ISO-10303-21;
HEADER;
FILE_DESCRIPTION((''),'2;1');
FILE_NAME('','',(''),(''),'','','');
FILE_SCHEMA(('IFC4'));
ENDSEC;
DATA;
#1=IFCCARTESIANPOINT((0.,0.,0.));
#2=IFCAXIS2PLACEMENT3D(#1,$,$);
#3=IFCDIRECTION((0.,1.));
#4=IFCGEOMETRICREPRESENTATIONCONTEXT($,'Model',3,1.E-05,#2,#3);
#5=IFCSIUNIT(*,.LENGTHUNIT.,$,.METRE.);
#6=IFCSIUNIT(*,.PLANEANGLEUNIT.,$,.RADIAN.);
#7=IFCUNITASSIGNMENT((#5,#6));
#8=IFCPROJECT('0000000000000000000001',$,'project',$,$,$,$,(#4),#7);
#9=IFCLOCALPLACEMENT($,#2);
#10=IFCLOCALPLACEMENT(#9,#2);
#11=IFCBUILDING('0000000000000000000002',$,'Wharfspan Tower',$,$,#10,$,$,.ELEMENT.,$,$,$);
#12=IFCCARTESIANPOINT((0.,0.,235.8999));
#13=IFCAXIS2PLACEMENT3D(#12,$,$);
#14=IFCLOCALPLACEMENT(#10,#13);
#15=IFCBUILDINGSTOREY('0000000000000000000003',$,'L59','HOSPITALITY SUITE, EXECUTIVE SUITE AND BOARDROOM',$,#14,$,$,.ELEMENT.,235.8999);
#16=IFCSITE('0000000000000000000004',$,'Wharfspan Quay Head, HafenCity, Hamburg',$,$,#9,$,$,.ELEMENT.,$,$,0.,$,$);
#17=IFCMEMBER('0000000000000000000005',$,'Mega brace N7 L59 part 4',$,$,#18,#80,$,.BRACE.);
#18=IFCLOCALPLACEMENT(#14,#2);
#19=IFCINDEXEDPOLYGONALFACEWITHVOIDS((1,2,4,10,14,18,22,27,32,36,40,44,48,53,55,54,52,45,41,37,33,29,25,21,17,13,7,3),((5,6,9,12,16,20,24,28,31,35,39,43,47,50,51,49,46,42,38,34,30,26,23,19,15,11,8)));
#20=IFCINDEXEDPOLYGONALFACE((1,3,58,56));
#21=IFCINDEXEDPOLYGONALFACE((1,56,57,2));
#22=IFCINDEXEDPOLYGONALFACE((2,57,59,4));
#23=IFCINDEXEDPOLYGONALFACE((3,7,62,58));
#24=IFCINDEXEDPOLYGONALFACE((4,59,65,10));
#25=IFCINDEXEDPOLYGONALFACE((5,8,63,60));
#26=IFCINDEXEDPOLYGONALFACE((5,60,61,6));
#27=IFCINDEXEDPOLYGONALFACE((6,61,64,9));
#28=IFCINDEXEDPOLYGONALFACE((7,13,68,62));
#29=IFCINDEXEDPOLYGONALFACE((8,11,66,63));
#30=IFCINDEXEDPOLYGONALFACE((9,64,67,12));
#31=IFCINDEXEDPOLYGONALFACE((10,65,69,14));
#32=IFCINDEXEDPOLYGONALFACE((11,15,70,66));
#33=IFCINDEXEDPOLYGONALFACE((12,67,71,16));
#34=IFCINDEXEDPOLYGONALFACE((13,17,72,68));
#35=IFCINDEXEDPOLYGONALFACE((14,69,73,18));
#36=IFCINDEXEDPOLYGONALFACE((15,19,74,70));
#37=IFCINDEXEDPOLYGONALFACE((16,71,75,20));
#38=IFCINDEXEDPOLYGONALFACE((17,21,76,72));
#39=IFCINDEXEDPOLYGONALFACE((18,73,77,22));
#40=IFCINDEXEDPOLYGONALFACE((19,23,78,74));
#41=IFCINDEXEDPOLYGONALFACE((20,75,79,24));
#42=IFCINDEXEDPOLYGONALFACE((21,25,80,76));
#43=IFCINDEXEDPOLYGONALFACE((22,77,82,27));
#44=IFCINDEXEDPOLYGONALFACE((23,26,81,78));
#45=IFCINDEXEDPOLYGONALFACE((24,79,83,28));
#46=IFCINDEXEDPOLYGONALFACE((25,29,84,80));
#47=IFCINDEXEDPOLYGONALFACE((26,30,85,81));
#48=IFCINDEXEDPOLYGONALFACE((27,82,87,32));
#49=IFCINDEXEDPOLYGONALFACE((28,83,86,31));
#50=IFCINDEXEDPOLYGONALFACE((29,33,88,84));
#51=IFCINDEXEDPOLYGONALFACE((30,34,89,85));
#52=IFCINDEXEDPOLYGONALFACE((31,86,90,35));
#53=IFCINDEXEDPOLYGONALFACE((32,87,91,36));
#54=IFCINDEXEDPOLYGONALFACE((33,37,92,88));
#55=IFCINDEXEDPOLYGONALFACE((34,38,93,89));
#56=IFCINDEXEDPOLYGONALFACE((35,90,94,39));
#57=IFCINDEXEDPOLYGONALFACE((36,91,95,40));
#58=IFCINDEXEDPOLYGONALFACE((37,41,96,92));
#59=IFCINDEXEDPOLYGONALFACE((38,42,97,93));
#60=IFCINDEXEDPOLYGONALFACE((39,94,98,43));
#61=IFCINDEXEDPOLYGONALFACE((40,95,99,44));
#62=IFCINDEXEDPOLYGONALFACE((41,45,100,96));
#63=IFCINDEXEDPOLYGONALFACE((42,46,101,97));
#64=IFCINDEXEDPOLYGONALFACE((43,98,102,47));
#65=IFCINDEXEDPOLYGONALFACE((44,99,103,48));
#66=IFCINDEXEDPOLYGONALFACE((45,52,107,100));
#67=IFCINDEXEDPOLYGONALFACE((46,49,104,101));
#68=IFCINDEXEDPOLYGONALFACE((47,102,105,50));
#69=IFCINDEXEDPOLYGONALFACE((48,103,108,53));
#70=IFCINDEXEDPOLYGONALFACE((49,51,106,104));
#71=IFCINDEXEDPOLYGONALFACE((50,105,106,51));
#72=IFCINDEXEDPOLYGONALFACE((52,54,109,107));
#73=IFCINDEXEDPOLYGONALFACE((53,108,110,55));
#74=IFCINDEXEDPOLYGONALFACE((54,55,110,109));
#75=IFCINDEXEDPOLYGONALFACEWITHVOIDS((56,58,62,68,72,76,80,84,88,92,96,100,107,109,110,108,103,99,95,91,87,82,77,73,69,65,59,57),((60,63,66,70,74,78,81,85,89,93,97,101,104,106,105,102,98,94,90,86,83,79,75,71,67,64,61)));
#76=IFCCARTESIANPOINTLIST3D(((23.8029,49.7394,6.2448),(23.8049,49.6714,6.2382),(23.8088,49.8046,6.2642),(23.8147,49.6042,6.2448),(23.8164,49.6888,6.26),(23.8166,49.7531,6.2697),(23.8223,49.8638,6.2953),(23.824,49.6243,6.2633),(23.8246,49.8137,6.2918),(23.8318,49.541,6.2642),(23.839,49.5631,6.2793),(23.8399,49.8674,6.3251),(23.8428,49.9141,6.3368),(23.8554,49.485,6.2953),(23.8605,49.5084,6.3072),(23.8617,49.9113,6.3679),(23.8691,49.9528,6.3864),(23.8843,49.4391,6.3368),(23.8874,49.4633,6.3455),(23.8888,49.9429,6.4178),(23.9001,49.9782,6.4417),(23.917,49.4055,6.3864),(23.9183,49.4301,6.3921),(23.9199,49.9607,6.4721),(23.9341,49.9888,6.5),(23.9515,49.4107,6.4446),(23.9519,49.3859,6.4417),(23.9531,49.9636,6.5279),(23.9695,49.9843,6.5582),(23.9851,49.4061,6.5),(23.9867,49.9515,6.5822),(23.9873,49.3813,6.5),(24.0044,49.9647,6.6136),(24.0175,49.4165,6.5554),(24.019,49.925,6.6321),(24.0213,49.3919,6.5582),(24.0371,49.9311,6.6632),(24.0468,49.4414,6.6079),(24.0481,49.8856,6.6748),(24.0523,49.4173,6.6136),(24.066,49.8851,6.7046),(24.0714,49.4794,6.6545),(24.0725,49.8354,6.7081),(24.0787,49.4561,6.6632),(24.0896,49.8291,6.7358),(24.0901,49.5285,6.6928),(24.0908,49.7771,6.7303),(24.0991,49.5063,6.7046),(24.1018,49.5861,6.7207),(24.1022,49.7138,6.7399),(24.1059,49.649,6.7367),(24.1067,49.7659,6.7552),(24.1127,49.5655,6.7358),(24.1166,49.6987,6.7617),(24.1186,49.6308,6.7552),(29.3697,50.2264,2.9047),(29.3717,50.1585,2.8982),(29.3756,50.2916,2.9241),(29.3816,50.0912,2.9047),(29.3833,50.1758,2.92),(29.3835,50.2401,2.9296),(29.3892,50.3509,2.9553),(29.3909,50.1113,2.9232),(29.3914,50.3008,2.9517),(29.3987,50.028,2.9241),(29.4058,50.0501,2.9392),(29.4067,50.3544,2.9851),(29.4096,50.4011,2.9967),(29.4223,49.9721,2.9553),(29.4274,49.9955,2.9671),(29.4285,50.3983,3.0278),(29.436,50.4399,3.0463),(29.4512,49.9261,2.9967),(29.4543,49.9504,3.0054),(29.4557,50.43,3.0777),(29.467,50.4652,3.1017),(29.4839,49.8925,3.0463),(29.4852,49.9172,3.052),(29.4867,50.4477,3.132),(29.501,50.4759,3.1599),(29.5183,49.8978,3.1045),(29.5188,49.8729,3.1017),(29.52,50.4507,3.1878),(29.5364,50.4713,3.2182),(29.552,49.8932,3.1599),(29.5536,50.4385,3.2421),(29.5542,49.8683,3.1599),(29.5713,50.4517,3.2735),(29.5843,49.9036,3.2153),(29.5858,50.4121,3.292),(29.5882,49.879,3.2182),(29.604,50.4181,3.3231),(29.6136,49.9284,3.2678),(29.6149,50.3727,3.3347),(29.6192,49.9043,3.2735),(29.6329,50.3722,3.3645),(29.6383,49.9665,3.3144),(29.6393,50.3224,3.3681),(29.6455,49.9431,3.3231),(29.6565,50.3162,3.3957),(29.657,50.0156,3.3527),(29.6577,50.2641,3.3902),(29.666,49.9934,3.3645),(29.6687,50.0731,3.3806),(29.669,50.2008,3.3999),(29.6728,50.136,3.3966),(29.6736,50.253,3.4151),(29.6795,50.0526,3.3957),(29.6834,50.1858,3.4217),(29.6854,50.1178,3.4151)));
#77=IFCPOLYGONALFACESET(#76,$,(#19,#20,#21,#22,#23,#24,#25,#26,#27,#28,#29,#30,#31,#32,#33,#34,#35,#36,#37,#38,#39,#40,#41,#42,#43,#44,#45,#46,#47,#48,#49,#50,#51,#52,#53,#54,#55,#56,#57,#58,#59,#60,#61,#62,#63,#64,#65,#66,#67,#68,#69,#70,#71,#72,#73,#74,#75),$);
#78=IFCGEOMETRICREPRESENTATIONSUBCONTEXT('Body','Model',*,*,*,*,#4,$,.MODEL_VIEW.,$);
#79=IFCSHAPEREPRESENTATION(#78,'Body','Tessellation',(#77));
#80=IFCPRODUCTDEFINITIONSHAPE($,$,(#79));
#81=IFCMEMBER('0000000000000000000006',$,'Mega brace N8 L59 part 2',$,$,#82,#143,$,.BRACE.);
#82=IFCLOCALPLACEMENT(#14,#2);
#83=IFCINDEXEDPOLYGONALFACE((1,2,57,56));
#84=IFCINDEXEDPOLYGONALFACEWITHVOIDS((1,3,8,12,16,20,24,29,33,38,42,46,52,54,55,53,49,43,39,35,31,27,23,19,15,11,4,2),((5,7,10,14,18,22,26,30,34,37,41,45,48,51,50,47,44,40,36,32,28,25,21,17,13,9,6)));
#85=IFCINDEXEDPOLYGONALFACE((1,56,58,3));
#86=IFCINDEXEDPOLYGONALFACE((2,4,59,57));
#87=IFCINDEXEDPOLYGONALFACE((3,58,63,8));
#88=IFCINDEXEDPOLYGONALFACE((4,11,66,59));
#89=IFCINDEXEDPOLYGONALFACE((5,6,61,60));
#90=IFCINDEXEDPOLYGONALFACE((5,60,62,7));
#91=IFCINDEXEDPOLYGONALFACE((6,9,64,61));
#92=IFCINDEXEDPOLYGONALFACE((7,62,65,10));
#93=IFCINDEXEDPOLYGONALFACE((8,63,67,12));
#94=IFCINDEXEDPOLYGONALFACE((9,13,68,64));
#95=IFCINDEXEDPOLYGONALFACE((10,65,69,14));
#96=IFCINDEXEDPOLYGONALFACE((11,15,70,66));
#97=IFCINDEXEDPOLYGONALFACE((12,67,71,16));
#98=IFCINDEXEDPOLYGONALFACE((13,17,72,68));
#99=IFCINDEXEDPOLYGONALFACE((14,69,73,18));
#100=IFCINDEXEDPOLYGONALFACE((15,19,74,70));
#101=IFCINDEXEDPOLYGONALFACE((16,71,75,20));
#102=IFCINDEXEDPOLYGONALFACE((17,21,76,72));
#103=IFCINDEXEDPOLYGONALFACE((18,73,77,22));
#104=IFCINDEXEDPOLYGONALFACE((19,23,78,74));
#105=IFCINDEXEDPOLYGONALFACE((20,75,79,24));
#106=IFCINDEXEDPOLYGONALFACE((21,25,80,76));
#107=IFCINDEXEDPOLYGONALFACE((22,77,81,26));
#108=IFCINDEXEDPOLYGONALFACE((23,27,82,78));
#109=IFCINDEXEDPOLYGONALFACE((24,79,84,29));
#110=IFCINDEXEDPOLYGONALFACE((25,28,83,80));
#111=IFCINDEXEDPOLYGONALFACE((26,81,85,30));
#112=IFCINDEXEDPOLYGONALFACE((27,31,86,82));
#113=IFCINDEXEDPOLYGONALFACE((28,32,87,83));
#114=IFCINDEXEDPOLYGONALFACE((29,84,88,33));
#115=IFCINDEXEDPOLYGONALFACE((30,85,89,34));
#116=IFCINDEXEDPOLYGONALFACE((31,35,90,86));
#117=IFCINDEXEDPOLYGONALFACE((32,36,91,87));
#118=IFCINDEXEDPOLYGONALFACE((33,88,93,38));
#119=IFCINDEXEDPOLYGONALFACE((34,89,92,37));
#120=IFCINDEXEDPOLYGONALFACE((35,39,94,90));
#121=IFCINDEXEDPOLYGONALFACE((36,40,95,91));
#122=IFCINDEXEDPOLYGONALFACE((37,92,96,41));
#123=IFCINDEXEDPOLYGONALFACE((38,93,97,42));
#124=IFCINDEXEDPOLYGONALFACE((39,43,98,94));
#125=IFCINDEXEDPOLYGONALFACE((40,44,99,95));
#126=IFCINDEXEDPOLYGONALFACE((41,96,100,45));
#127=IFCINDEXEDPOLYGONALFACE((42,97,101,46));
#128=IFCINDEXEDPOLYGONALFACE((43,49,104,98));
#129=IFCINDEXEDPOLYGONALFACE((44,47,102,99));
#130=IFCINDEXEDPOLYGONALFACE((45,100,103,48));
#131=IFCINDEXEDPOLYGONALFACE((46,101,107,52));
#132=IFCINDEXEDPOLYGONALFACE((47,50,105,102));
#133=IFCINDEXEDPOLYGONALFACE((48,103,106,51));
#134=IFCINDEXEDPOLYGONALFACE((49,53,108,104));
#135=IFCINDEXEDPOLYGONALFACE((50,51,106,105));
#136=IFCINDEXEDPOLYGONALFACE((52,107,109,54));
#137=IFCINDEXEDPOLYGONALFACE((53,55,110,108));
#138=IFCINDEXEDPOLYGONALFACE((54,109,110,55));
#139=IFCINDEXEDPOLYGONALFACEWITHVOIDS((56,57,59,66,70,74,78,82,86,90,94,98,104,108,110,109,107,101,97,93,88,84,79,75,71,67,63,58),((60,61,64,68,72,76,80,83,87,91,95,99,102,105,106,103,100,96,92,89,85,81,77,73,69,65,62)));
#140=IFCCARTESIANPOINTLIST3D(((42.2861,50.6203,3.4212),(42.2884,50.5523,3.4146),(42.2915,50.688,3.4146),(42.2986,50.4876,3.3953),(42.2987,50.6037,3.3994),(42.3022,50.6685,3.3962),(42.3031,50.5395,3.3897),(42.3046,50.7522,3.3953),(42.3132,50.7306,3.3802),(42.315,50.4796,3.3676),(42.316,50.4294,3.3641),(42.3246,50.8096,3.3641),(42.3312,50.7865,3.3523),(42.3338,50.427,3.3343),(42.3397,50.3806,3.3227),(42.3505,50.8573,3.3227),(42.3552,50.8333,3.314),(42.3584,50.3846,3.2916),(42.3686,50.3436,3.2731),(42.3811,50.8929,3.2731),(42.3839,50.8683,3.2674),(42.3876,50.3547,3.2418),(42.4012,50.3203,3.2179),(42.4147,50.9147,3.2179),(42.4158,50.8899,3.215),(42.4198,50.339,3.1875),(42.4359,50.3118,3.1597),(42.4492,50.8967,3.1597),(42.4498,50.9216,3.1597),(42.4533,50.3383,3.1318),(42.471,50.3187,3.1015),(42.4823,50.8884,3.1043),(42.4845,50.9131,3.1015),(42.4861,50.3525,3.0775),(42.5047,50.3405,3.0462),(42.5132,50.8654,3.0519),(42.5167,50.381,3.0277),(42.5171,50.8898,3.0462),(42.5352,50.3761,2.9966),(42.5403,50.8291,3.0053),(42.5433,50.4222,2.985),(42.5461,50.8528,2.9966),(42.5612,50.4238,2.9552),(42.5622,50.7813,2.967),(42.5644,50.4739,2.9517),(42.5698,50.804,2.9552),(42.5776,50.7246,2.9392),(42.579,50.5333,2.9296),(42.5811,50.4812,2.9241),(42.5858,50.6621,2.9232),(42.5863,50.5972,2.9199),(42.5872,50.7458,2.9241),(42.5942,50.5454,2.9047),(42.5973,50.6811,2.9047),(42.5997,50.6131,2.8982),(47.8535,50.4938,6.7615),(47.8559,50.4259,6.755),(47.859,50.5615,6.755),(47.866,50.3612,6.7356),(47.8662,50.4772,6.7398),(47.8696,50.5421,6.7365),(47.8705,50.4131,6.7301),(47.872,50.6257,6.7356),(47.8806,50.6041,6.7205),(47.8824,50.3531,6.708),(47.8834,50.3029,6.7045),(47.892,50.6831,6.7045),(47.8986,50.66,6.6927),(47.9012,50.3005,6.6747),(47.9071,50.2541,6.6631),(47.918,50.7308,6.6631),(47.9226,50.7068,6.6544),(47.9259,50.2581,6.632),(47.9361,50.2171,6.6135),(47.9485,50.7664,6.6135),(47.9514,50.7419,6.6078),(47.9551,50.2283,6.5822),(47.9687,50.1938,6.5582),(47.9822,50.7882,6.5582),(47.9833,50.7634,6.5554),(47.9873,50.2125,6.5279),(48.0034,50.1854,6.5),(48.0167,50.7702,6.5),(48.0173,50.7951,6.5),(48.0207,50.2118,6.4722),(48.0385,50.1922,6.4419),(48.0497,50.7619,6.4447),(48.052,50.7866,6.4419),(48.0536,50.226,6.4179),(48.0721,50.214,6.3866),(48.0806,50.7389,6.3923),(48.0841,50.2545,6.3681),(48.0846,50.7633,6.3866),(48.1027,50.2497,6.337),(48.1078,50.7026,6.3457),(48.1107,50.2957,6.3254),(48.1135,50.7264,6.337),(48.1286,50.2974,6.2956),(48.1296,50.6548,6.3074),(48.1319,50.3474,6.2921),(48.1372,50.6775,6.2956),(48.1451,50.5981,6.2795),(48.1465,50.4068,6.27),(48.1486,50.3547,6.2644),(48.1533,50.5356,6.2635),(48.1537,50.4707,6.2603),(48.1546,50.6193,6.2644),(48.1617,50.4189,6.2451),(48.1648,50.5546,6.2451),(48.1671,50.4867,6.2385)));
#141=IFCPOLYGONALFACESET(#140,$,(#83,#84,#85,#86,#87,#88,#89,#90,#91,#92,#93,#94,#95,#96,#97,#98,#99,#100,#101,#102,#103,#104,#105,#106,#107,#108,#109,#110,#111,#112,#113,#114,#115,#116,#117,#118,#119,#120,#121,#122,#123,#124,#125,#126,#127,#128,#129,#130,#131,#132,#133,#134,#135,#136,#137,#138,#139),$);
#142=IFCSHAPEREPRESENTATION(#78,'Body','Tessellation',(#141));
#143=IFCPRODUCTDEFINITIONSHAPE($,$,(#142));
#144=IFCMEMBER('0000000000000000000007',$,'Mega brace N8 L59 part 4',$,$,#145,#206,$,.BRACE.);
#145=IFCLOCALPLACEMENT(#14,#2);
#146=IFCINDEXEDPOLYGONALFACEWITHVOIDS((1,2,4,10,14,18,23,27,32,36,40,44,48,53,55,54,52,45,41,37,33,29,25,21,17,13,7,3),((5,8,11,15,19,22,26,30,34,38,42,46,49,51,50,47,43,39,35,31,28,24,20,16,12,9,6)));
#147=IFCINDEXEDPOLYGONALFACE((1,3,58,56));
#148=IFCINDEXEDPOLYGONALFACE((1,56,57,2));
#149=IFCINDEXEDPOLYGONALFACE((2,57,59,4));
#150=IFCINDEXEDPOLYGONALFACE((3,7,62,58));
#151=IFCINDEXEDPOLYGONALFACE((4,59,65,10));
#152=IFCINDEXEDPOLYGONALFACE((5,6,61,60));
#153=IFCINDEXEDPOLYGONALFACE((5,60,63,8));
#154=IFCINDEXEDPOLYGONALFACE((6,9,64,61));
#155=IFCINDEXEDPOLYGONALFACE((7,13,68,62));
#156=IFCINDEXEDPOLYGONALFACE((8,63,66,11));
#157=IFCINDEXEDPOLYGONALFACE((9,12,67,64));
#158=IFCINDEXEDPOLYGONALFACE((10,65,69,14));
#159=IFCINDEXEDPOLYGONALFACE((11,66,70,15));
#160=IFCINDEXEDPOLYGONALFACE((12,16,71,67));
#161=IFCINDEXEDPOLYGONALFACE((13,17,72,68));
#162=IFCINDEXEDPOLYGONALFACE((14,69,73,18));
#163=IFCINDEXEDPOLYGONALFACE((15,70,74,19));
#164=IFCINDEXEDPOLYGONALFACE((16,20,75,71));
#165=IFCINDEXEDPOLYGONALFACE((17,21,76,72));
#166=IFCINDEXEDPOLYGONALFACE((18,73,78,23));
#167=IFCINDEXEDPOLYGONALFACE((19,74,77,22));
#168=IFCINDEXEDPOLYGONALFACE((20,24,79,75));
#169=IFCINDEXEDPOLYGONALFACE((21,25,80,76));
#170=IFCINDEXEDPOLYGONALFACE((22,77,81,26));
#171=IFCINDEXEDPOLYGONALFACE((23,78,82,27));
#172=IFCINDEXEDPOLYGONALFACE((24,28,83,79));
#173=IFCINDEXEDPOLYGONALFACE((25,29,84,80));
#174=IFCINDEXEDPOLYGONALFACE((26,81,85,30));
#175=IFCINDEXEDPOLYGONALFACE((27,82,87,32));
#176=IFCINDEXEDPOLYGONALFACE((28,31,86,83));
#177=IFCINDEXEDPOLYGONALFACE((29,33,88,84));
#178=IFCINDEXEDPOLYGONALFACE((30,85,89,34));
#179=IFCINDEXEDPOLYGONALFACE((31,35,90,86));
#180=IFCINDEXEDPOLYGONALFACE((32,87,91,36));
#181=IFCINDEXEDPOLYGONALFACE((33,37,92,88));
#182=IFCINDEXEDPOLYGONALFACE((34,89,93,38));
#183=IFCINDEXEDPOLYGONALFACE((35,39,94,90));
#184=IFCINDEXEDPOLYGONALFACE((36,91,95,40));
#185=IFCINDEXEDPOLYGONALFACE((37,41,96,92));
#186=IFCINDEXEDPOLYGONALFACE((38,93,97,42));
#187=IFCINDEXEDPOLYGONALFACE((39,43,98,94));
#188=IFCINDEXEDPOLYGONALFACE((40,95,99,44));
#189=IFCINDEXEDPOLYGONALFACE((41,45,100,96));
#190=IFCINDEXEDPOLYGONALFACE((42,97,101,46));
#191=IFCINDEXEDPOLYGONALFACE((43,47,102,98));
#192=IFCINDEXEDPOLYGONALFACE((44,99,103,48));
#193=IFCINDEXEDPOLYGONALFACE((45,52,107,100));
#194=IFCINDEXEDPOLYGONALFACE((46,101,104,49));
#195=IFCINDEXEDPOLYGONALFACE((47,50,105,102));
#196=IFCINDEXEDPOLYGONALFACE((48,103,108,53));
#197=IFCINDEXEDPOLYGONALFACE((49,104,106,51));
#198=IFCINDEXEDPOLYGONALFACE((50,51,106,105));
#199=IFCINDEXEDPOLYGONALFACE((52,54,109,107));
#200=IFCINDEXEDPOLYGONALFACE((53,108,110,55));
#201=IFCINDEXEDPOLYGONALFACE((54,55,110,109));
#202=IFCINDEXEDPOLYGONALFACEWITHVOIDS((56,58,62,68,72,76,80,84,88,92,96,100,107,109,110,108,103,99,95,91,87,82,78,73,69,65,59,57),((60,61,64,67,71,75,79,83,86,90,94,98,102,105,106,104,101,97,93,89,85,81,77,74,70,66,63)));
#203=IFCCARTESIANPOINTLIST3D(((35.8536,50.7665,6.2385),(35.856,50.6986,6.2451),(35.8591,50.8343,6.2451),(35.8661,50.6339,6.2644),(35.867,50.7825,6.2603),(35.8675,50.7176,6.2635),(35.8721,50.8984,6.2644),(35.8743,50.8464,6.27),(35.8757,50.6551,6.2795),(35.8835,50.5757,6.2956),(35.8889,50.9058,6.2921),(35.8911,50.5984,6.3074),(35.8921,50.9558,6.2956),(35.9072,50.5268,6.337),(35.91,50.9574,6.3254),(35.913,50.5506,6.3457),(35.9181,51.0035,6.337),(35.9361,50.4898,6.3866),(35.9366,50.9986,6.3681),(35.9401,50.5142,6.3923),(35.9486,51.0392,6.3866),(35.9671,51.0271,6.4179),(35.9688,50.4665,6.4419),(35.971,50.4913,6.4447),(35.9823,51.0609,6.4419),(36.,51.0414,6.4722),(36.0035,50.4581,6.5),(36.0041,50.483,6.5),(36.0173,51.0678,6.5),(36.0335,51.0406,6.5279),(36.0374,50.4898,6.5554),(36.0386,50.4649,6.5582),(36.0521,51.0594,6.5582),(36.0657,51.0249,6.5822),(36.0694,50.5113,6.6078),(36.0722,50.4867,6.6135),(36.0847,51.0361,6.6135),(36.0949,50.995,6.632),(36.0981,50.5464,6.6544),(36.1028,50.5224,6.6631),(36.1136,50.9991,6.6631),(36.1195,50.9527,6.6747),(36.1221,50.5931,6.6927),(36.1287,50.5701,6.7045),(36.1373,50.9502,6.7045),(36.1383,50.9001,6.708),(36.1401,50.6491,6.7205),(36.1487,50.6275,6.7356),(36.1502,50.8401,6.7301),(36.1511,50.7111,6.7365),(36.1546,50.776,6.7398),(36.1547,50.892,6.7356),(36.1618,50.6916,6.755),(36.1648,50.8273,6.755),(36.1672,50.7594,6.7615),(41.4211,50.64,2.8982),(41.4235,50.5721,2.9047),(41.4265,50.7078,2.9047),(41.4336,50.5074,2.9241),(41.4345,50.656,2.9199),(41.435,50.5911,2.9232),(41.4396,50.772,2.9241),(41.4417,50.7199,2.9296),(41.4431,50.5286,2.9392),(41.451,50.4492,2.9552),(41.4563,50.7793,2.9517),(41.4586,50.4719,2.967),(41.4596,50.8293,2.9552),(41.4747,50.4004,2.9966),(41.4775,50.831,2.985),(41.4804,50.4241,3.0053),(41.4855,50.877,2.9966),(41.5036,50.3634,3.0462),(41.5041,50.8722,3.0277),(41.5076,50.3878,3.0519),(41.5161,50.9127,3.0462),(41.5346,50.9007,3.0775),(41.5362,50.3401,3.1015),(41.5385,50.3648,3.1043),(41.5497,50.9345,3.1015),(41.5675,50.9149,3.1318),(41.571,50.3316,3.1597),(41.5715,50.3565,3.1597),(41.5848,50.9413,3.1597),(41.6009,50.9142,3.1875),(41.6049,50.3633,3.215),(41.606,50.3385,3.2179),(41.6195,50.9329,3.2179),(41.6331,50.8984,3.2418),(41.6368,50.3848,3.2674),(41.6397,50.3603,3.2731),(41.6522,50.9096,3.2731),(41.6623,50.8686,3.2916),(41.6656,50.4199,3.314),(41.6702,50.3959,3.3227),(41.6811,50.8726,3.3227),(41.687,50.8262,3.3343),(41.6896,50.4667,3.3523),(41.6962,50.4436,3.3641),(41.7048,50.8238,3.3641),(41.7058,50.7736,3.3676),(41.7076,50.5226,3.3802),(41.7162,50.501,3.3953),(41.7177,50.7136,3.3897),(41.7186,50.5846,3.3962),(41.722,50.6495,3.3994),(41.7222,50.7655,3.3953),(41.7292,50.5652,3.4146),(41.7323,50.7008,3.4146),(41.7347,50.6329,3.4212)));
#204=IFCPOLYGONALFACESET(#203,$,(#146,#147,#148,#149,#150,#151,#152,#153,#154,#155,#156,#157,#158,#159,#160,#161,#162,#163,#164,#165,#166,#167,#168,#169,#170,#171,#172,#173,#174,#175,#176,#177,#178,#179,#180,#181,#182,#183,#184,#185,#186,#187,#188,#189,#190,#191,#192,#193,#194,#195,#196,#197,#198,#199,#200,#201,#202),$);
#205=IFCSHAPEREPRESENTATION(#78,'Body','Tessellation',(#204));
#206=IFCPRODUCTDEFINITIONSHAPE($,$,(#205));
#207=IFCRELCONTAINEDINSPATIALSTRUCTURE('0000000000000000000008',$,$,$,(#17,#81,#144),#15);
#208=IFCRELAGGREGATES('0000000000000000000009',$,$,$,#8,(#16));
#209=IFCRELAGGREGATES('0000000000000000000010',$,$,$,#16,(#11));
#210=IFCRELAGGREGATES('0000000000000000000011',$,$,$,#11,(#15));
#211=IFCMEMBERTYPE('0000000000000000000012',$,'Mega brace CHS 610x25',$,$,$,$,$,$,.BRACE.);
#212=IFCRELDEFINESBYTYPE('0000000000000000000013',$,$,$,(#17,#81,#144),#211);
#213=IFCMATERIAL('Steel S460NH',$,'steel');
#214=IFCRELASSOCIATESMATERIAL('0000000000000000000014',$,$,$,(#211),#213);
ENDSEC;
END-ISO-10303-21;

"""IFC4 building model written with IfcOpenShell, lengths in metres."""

from ifc_helpers import new_model, si_unit, direction, frame, origin, origin_2d, place, context, subcontext, project, spatial, hollow_circle, extrude, material, material_profile, profile_set, type_object, element, save


model = new_model("IFC4")

# Units and contexts
model_context = context("Model", 3, precision=1e-05, world=origin(), true_north=direction((0.0, 1.0)))
body_context = subcontext(model_context, "Body", "Model", "MODEL_VIEW")
ifc_project = project(units=[si_unit("LENGTHUNIT", "METRE"), si_unit("PLANEANGLEUNIT", "RADIAN")], contexts=[model_context])

# Site, building, storey
site_placement = place(None, origin())
site = spatial("IfcSite", under=ifc_project, at=site_placement, Name="Wharfspan Quay Head, HafenCity, Hamburg", CompositionType="ELEMENT", RefElevation=0.0)
building_placement = place(site_placement, origin())
building = spatial("IfcBuilding", under=site, at=building_placement, Name="Wharfspan Tower", CompositionType="ELEMENT")
storey_placement = place(building_placement, frame((0.0, 0.0, 235.8999)))
storey = spatial("IfcBuildingStorey", under=building, at=storey_placement, Name="L59", Description="HOSPITALITY SUITE, EXECUTIVE SUITE AND BOARDROOM", CompositionType="ELEMENT", Elevation=235.8999)

# Members
ifc_material_1 = material(Name="Steel S460NH", Category="steel")
ifc_material_profile_1 = material_profile(ifc_material_1, hollow_circle(Radius=0.3049, WallThickness=0.0249, at=origin_2d()))
ifc_profile_set_1 = profile_set([ifc_material_profile_1], Name="Steel S460NH")
member_type = type_object("IfcMemberType", Name="Mega brace CHS 610x25", PredefinedType="BRACE", material=ifc_profile_set_1)
member_1_placement = place(storey_placement, frame((29.5276, 50.1721, 3.1599), z_axis=(-0.855093, -0.074814, 0.513048), x_axis=(0.087159, -0.996198, -0.000001)))
element("IfcMember", 1, at=member_1_placement, inside=storey, type_object=member_type, Name="Mega brace N7 L59 part 4", PredefinedType="BRACE", context=body_context, shape_type="SweptSolid", body=[
    extrude(hollow_circle(Radius=0.3049, WallThickness=0.0249, at=origin_2d()), origin(), (0.0, 0.0, 1.0), 6.5103),
])
for number, where, z_axis, x_axis, name in (
    (2, (42.4429, 50.6167, 3.1597), (0.857337, -0.019475, 0.514387), (0.022711, 0.999741, -0.000002), "Mega brace N8 L59 part 2"),
    (3, (41.5779, 50.6365, 3.1597), (-0.857337, 0.019475, 0.514387), (-0.022711, -0.999741, -0.000002), "Mega brace N8 L59 part 4"),
):
    element("IfcMember", number, at=place(storey_placement, frame(where, z_axis=z_axis, x_axis=x_axis)), inside=storey, type_object=member_type, Name=name, PredefinedType="BRACE", context=body_context, shape_type="SweptSolid", body=[
        extrude(hollow_circle(Radius=0.3049, WallThickness=0.0249, at=origin_2d()), origin(), (0.0, 0.0, 1.0), 6.4939),
    ])

save(model, "model.ifc")
